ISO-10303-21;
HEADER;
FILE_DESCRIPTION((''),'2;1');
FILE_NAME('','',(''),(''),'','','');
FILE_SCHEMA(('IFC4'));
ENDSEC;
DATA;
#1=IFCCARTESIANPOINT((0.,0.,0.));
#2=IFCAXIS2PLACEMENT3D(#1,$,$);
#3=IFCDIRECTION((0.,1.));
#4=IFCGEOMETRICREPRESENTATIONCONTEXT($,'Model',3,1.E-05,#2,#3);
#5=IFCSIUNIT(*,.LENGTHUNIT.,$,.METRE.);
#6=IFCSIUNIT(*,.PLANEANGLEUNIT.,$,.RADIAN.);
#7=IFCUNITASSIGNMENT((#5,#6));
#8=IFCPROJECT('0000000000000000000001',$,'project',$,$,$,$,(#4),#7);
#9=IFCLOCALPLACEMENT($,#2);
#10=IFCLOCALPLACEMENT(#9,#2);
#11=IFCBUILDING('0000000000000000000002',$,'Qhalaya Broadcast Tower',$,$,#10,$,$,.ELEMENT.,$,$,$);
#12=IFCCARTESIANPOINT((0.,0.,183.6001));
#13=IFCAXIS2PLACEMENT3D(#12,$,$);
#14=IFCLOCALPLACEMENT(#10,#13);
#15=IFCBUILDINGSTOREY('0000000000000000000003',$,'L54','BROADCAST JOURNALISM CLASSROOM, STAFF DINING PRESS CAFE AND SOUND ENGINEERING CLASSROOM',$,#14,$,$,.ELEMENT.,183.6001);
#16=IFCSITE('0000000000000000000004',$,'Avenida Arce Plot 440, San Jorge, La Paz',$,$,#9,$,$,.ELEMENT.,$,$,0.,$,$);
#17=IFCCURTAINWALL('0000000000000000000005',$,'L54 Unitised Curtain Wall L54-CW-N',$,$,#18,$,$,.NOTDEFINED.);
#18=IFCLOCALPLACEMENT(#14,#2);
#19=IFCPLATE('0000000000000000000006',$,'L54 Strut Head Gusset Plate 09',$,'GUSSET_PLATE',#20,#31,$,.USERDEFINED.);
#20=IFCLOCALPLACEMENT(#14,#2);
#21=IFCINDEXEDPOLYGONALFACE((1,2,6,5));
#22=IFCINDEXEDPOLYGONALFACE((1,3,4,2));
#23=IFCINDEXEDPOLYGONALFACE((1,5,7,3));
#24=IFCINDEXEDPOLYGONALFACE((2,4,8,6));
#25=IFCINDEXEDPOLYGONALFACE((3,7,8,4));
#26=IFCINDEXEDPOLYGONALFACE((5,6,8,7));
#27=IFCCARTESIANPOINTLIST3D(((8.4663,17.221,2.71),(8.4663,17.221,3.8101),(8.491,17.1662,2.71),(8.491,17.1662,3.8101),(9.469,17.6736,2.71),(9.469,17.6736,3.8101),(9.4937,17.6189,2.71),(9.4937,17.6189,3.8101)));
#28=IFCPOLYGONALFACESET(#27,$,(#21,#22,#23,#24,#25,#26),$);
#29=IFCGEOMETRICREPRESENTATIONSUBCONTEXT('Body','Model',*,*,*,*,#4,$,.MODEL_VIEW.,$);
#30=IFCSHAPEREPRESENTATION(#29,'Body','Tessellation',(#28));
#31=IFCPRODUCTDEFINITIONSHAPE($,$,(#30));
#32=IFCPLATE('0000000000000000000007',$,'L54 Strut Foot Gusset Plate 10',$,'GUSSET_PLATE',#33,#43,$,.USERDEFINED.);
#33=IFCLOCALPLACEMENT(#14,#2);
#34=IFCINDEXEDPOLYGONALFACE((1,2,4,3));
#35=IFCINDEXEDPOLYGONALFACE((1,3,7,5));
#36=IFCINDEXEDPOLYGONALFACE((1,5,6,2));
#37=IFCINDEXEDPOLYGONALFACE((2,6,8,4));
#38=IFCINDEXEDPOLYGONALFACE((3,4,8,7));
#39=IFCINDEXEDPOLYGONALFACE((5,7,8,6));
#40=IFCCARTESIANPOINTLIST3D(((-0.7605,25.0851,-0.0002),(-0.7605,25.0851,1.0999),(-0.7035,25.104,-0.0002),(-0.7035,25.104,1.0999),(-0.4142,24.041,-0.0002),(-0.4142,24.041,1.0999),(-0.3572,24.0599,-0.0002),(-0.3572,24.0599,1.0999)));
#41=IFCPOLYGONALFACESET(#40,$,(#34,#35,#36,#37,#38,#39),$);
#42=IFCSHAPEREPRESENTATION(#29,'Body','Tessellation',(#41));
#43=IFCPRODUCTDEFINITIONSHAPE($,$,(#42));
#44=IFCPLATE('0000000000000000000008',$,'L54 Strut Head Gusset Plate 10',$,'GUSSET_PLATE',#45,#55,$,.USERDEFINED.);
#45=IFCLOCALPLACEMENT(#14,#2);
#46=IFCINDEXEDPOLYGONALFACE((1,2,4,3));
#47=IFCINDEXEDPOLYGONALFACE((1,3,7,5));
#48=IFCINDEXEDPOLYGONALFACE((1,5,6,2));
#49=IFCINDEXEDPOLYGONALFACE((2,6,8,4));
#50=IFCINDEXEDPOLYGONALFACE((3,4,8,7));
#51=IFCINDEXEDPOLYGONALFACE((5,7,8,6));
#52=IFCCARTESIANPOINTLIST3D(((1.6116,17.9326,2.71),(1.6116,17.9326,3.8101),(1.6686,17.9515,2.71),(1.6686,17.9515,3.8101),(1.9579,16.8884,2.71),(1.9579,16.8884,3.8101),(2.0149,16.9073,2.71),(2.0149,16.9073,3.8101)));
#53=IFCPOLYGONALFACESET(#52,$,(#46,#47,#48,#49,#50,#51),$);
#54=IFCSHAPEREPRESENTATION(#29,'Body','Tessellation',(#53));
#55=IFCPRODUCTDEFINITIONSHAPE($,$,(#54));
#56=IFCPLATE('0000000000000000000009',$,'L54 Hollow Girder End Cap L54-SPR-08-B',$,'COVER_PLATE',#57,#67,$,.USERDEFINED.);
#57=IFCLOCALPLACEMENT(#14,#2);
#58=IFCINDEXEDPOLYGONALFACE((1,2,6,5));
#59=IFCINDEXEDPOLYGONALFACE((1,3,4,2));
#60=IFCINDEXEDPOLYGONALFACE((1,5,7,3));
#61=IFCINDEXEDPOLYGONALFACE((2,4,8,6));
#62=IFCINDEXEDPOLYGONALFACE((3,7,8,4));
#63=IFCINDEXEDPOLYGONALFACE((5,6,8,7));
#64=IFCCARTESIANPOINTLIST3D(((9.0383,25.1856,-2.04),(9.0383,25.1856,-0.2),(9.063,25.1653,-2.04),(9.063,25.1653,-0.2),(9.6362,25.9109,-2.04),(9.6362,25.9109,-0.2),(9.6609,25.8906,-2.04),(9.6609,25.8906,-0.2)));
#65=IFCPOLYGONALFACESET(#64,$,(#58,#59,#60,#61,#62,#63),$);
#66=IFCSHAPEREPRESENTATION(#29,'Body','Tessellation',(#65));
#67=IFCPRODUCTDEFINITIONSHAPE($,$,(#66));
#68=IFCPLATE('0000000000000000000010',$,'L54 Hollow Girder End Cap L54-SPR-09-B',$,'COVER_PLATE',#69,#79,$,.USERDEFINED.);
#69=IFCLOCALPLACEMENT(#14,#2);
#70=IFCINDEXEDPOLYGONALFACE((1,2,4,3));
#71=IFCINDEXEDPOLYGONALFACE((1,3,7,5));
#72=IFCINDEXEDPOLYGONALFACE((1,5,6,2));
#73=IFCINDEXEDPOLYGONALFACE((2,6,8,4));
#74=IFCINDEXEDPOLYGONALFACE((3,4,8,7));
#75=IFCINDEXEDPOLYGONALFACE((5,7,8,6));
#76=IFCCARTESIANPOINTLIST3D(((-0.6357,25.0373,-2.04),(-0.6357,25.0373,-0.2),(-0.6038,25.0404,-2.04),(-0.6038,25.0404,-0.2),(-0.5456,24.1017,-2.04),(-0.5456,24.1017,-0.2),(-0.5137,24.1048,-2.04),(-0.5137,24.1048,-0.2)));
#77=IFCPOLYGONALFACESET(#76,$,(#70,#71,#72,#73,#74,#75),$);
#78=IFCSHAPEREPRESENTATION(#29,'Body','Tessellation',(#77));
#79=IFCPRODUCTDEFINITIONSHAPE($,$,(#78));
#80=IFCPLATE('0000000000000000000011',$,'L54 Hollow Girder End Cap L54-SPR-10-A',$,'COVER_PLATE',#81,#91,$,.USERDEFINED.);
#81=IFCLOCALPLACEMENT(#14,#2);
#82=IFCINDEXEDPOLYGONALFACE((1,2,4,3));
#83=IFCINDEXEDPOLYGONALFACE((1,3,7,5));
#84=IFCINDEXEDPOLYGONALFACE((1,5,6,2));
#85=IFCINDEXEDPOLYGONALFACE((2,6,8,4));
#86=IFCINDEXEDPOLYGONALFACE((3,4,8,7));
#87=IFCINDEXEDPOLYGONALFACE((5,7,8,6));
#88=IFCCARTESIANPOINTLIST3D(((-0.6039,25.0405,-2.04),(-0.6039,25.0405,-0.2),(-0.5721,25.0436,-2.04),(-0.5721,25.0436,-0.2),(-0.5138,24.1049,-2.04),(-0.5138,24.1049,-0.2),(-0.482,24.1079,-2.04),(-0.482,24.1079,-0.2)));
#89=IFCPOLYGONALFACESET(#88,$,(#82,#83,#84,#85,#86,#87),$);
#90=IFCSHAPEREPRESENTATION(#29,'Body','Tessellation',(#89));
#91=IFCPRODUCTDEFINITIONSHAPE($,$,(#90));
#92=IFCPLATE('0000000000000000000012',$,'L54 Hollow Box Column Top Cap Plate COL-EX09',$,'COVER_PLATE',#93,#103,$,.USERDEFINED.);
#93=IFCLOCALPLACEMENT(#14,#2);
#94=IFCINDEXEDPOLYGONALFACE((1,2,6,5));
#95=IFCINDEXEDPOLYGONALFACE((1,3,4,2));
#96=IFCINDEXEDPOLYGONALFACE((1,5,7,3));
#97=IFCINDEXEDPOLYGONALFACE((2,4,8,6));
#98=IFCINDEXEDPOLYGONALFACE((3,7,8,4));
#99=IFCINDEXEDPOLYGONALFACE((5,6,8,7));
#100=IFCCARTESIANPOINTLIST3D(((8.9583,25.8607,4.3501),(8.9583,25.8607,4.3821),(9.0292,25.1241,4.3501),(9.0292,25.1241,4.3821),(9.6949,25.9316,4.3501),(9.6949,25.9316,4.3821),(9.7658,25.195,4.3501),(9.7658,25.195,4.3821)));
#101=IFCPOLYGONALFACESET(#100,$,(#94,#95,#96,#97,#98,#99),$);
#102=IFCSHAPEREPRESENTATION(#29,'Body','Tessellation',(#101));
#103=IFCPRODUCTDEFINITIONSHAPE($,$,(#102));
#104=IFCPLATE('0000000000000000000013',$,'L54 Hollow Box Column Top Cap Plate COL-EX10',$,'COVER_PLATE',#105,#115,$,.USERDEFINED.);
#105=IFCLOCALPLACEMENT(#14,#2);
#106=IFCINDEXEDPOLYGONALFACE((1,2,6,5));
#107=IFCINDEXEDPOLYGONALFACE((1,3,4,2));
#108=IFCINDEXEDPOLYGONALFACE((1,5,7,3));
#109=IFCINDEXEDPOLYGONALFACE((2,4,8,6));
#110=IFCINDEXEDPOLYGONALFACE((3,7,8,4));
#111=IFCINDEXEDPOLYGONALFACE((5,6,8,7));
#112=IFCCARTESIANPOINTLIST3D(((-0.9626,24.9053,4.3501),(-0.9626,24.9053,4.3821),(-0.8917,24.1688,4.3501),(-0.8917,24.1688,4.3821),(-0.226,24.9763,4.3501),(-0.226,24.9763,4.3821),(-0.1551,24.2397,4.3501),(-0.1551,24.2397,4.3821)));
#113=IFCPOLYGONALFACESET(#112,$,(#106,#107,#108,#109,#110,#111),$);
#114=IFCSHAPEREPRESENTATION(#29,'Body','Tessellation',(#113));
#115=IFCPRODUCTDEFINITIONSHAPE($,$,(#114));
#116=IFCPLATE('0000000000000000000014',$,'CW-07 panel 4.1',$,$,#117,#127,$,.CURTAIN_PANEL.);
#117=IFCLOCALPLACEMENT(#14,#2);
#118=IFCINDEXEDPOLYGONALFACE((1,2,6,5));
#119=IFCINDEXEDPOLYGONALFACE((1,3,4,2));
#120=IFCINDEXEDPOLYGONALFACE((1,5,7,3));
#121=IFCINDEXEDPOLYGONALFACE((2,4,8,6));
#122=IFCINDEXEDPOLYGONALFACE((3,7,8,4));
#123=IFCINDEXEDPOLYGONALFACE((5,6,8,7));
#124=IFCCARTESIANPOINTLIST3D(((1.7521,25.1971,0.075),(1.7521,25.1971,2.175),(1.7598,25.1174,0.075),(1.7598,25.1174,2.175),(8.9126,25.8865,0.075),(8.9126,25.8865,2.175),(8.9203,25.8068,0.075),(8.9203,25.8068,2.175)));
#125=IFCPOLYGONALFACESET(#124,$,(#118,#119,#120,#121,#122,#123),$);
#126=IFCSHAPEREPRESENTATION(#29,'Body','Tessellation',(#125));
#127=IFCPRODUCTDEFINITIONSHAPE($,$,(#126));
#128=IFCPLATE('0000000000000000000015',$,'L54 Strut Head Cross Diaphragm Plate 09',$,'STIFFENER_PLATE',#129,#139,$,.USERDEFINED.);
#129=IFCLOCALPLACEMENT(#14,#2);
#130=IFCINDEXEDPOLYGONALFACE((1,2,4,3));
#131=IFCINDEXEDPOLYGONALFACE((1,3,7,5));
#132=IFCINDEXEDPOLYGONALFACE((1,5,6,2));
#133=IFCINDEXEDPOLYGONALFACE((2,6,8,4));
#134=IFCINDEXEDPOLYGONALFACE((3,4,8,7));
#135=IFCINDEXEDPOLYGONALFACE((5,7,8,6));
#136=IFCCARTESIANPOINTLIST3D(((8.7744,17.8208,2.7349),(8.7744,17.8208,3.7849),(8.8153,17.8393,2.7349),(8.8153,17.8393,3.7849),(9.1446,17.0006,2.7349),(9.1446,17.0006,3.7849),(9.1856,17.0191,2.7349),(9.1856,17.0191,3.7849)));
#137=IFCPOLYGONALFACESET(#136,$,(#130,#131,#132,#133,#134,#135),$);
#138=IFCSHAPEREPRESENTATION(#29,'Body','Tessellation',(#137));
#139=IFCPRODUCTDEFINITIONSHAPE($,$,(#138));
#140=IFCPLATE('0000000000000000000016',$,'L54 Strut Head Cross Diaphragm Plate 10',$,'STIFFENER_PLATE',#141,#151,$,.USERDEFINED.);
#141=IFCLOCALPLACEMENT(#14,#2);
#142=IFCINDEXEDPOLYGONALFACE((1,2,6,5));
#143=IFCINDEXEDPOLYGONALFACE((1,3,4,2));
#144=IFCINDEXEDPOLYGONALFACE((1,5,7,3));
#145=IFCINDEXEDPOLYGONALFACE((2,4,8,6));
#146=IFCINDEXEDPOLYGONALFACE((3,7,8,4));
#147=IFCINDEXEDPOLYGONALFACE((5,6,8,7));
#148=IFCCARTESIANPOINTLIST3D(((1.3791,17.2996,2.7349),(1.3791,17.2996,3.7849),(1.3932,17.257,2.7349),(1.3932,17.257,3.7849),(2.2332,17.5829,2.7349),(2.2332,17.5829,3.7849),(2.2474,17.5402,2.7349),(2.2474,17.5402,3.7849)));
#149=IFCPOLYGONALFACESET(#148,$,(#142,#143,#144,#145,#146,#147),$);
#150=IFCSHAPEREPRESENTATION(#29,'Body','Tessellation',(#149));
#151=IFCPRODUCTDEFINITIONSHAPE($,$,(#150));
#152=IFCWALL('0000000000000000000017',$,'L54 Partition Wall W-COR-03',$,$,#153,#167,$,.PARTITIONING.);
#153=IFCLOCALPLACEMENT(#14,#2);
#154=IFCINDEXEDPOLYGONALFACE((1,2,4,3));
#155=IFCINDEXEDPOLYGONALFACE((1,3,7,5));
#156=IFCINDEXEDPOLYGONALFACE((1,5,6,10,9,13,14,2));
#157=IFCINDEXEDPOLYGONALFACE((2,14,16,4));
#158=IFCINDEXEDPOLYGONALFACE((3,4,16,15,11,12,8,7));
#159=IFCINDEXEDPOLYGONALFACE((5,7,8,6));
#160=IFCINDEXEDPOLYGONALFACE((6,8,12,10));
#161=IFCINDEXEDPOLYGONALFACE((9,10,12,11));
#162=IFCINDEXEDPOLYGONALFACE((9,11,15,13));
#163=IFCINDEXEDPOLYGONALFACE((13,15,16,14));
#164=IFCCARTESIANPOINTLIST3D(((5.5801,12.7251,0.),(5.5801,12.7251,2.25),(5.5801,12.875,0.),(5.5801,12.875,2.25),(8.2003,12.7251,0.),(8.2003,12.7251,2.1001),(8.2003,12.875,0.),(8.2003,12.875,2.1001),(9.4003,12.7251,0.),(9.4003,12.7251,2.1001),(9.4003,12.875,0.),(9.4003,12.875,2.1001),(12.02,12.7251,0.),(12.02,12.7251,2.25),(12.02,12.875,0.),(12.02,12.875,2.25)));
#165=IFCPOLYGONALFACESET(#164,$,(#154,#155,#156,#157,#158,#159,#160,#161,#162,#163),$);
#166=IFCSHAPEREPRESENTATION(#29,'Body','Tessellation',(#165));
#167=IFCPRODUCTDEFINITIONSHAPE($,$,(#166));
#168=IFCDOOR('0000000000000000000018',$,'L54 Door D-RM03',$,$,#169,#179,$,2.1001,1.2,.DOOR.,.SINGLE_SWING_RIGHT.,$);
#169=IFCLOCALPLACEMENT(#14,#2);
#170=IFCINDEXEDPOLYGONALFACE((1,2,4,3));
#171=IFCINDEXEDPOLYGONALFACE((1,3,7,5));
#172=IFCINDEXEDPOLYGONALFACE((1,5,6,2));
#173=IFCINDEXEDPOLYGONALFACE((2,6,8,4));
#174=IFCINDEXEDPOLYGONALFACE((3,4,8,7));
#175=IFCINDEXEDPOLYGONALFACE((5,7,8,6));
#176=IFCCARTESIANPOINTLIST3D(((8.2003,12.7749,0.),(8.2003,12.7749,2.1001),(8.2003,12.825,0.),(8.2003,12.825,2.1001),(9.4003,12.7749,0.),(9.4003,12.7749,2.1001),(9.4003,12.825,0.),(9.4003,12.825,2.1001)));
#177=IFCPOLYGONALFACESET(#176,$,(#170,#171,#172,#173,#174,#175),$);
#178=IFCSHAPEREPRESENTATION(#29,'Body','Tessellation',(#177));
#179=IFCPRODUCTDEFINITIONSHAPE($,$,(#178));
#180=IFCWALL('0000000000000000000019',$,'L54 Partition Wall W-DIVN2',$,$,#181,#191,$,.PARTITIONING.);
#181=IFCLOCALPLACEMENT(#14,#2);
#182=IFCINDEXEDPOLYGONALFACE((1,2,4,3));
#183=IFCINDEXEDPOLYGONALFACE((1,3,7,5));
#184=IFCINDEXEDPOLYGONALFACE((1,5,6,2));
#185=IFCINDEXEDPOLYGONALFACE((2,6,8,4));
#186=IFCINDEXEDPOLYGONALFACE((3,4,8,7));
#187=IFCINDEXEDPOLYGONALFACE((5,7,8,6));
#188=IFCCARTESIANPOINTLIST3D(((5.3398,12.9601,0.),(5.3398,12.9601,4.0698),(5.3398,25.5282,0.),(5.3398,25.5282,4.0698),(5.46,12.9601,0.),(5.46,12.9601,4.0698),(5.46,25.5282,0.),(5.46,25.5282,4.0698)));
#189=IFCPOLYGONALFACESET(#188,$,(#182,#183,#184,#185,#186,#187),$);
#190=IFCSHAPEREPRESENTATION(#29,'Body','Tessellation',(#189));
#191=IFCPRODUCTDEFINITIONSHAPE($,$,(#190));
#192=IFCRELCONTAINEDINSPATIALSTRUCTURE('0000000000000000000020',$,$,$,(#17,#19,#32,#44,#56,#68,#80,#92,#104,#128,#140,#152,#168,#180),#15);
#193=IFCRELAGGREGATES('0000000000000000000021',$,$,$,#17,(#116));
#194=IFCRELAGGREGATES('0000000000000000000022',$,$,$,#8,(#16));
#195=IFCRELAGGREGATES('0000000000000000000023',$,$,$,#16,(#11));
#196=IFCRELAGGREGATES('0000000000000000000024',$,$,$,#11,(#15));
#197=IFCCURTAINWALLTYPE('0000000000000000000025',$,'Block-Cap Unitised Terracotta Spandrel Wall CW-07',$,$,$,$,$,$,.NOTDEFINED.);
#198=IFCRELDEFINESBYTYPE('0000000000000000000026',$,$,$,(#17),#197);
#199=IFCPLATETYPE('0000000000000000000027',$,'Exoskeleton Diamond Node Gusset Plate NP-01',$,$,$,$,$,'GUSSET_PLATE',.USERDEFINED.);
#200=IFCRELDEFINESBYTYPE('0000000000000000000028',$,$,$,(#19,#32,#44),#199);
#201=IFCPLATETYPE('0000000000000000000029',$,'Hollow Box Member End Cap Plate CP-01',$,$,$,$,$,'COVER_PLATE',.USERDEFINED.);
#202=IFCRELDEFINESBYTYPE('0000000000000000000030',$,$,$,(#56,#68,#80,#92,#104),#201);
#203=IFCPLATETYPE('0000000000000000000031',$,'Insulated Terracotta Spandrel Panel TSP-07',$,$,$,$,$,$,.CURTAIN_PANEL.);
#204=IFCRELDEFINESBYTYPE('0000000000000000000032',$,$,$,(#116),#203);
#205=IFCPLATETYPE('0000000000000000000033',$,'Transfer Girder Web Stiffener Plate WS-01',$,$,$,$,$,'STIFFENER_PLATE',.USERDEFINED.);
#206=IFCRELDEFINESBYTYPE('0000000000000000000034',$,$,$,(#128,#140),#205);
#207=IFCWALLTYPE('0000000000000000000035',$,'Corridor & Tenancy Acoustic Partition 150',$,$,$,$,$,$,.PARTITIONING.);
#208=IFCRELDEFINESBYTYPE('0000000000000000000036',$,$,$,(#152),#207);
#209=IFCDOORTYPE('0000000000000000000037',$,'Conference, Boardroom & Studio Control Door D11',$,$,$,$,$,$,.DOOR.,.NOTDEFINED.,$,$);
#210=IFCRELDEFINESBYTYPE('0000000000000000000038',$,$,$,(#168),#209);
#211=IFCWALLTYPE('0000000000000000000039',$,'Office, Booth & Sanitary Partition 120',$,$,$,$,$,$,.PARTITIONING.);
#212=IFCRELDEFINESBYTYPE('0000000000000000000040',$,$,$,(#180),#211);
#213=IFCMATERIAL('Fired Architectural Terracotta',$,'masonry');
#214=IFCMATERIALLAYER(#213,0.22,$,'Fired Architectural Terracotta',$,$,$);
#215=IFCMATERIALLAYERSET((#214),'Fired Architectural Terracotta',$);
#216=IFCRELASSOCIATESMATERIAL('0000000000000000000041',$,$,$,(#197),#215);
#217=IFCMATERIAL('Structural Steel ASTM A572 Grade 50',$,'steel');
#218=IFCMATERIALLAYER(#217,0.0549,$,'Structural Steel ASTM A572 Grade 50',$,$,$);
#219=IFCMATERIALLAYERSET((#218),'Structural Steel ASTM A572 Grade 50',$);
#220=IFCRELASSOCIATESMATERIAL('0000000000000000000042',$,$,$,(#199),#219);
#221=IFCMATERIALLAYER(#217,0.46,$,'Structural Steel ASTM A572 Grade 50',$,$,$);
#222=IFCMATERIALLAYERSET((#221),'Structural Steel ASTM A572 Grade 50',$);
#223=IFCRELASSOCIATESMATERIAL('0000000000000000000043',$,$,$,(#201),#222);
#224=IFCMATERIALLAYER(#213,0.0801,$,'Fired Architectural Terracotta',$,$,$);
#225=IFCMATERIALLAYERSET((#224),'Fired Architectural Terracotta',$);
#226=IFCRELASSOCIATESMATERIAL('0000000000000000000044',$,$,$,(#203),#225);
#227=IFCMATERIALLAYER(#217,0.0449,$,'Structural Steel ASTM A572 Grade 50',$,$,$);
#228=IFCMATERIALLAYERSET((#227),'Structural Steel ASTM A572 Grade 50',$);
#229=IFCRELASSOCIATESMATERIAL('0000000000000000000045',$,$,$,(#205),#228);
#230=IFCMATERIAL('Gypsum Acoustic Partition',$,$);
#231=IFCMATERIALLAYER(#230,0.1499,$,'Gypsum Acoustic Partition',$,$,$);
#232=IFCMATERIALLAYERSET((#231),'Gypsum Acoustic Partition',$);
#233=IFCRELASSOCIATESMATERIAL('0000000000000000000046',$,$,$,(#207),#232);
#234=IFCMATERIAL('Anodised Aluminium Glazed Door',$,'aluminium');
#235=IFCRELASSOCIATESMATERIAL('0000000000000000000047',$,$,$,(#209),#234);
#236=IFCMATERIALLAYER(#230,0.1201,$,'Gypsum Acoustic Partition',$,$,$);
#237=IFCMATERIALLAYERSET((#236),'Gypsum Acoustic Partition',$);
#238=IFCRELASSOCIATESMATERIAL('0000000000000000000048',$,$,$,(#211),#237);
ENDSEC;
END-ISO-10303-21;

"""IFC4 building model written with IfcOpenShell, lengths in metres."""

from ifc_helpers import new_model, si_unit, direction, frame, frame_2d, origin, origin_2d, place, context, subcontext, project, spatial, rectangle, extrude, material, layer, layer_set, type_object, element, fill, aggregate, save


model = new_model("IFC4")

# Units and contexts
model_context = context("Model", 3, precision=1e-05, world=origin(), true_north=direction((0.0, 1.0)))
body_context = subcontext(model_context, "Body", "Model", "MODEL_VIEW")
ifc_project = project(units=[si_unit("LENGTHUNIT", "METRE"), si_unit("PLANEANGLEUNIT", "RADIAN")], contexts=[model_context])

# Site, building, storey
site_placement = place(None, origin())
site = spatial("IfcSite", under=ifc_project, at=site_placement, Name="Avenida Arce Plot 440, San Jorge, La Paz", CompositionType="ELEMENT", RefElevation=0.0)
building_placement = place(site_placement, origin())
building = spatial("IfcBuilding", under=site, at=building_placement, Name="Qhalaya Broadcast Tower", CompositionType="ELEMENT")
storey_placement = place(building_placement, frame((0.0, 0.0, 183.6001)))
storey = spatial("IfcBuildingStorey", under=building, at=storey_placement, Name="L54", Description="BROADCAST JOURNALISM CLASSROOM, STAFF DINING PRESS CAFE AND SOUND ENGINEERING CLASSROOM", CompositionType="ELEMENT", Elevation=183.6001)

# Shared definitions
ifc_material_1 = material(Name="Structural Steel ASTM A572 Grade 50", Category="steel")

# Curtain wall
ifc_material_2 = material(Name="Fired Architectural Terracotta", Category="masonry")
ifc_layer_1 = layer(ifc_material_2, 0.22, Name="Fired Architectural Terracotta")
ifc_layer_set_1 = layer_set([ifc_layer_1], Name="Fired Architectural Terracotta")
curtain_wall_type = type_object("IfcCurtainWallType", Name="Block-Cap Unitised Terracotta Spandrel Wall CW-07", PredefinedType="NOTDEFINED", material=ifc_layer_set_1)
curtain_wall_placement = place(storey_placement, origin())
curtain_wall = element("IfcCurtainWall", 1, at=curtain_wall_placement, inside=storey, type_object=curtain_wall_type, Name="L54 Unitised Curtain Wall L54-CW-N", PredefinedType="NOTDEFINED")

# Plates
ifc_layer_2 = layer(ifc_material_1, 0.0549, Name="Structural Steel ASTM A572 Grade 50")
ifc_layer_set_2 = layer_set([ifc_layer_2], Name="Structural Steel ASTM A572 Grade 50")
plate_type_1 = type_object("IfcPlateType", Name="Exoskeleton Diamond Node Gusset Plate NP-01", ElementType="GUSSET_PLATE", PredefinedType="USERDEFINED", material=ifc_layer_set_2)
for number, where, z_axis, x_axis, name in (
    (2, (8.98, 17.4199, 2.71), (0.0, 0.0, 1.0), (-0.911432, -0.411451, 0.0), "L54 Strut Head Gusset Plate 09"),
    (3, (-0.5588, 24.5725, -0.0002), (0.0, 0.0, 1.0), (0.314788, -0.949162, 0.0), "L54 Strut Foot Gusset Plate 10"),
    (4, (1.8132, 17.4199, 2.71), (0.0, 0.0, 1.0), (0.314788, -0.949162, 0.0), "L54 Strut Head Gusset Plate 10"),
):
    element("IfcPlate", number, at=place(storey_placement, frame(where, z_axis=z_axis, x_axis=x_axis)), inside=storey, type_object=plate_type_1, Name=name, ObjectType="GUSSET_PLATE", PredefinedType="USERDEFINED", context=body_context, shape_type="SweptSolid", body=[
        extrude(rectangle(XDim=1.1001, YDim=0.0601, at=origin_2d()), origin(), (0.0, 0.0, 1.0), 1.1001),
    ])
ifc_layer_3 = layer(ifc_material_1, 0.46, Name="Structural Steel ASTM A572 Grade 50")
ifc_layer_set_3 = layer_set([ifc_layer_3], Name="Structural Steel ASTM A572 Grade 50")
plate_type_2 = type_object("IfcPlateType", Name="Hollow Box Member End Cap Plate CP-01", ElementType="COVER_PLATE", PredefinedType="USERDEFINED", material=ifc_layer_set_3)
for number, where, z_axis, x_axis, name in (
    (5, (9.3496, 25.5381, -2.04), (0.0, 0.0, 1.0), (-0.636078, -0.771625, 0.0), "L54 Hollow Girder End Cap L54-SPR-08-B"),
    (6, (-0.5747, 24.571, -2.04), (0.0, 0.0, 1.0), (0.095846, -0.995396, 0.0), "L54 Hollow Girder End Cap L54-SPR-09-B"),
    (7, (-0.543, 24.5742, -2.04), (0.0, 0.0, 1.0), (0.095846, -0.995396, 0.0), "L54 Hollow Girder End Cap L54-SPR-10-A"),
):
    element("IfcPlate", number, at=place(storey_placement, frame(where, z_axis=z_axis, x_axis=x_axis)), inside=storey, type_object=plate_type_2, Name=name, ObjectType="COVER_PLATE", PredefinedType="USERDEFINED", context=body_context, shape_type="SweptSolid", body=[
        extrude(rectangle(XDim=0.9399, YDim=0.032, at=origin_2d()), origin(), (0.0, 0.0, 1.0), 1.8401),
    ])
for number, where, z_axis, x_axis, name in (
    (8, (9.3621, 25.5278, 4.3501), (0.0, 0.0, 1.0), (0.995396, 0.095846, 0.0), "L54 Hollow Box Column Top Cap Plate COL-EX09"),
    (9, (-0.5588, 24.5725, 4.3501), (0.0, 0.0, 1.0), (0.995396, 0.095846, 0.0), "L54 Hollow Box Column Top Cap Plate COL-EX10"),
):
    element("IfcPlate", number, at=place(storey_placement, frame(where, z_axis=z_axis, x_axis=x_axis)), inside=storey, type_object=plate_type_2, Name=name, ObjectType="COVER_PLATE", PredefinedType="USERDEFINED", context=body_context, shape_type="SweptSolid", body=[
        extrude(rectangle(XDim=0.74, YDim=0.74, at=origin_2d()), origin(), (0.0, 0.0, 1.0), 0.032),
    ])

# Plate
ifc_layer_4 = layer(ifc_material_2, 0.0801, Name="Fired Architectural Terracotta")
ifc_layer_set_4 = layer_set([ifc_layer_4], Name="Fired Architectural Terracotta")
plate_type_3 = type_object("IfcPlateType", Name="Insulated Terracotta Spandrel Panel TSP-07", PredefinedType="CURTAIN_PANEL", material=ifc_layer_set_4)
plate_placement = place(storey_placement, frame((5.3362, 25.502, 0.075), z_axis=(0.0, 0.0, 1.0), x_axis=(0.995396, 0.095846, 0.0)))
plate = element("IfcPlate", 10, at=plate_placement, type_object=plate_type_3, Name="CW-07 panel 4.1", PredefinedType="CURTAIN_PANEL", context=body_context, shape_type="SweptSolid", body=[
    extrude(rectangle(XDim=7.1936, YDim=0.0801, at=origin_2d()), origin(), (0.0, 0.0, 1.0), 2.1001),
])
aggregate(curtain_wall, [plate])

# Plates
ifc_layer_5 = layer(ifc_material_1, 0.0449, Name="Structural Steel ASTM A572 Grade 50")
ifc_layer_set_5 = layer_set([ifc_layer_5], Name="Structural Steel ASTM A572 Grade 50")
plate_type_4 = type_object("IfcPlateType", Name="Transfer Girder Web Stiffener Plate WS-01", ElementType="STIFFENER_PLATE", PredefinedType="USERDEFINED", material=ifc_layer_set_5)
for number, where, z_axis, x_axis, name in (
    (11, (8.98, 17.4199, 2.7349), (0.0, 0.0, 1.0), (0.411451, -0.911432, 0.0), "L54 Strut Head Cross Diaphragm Plate 09"),
    (12, (1.8132, 17.4199, 2.7349), (0.0, 0.0, 1.0), (0.949162, 0.314788, 0.0), "L54 Strut Head Cross Diaphragm Plate 10"),
):
    element("IfcPlate", number, at=place(storey_placement, frame(where, z_axis=z_axis, x_axis=x_axis)), inside=storey, type_object=plate_type_4, Name=name, ObjectType="STIFFENER_PLATE", PredefinedType="USERDEFINED", context=body_context, shape_type="SweptSolid", body=[
        extrude(rectangle(XDim=0.8999, YDim=0.0449, at=origin_2d()), origin(), (0.0, 0.0, 1.0), 1.05),
    ])

# Wall, opening, door
ifc_material_3 = material(Name="Gypsum Acoustic Partition")
ifc_layer_6 = layer(ifc_material_3, 0.1499, Name="Gypsum Acoustic Partition")
ifc_layer_set_6 = layer_set([ifc_layer_6], Name="Gypsum Acoustic Partition")
wall_type_1 = type_object("IfcWallType", Name="Corridor & Tenancy Acoustic Partition 150", PredefinedType="PARTITIONING", material=ifc_layer_set_6)
wall_1_placement = place(storey_placement, frame((5.5801, 12.8, 0.0), z_axis=(0.0, 0.0, 1.0), x_axis=(1.0, 0.0, 0.0)))
wall_1 = element("IfcWall", 13, at=wall_1_placement, inside=storey, type_object=wall_type_1, Name="L54 Partition Wall W-COR-03", PredefinedType="PARTITIONING", context=body_context, shape_type="SweptSolid", body=[
    extrude(rectangle(XDim=6.4399, YDim=0.1499, at=frame_2d((3.22, 0.0))), origin(), (0.0, 0.0, 1.0), 2.25),
])
opening_placement = place(wall_1_placement, frame((2.6201, 0.0, 0.0)))
opening = element("IfcOpeningElement", 14, at=opening_placement, cuts=wall_1, PredefinedType="OPENING", context=body_context, shape_type="SweptSolid", body=[
    extrude(rectangle(XDim=1.2, YDim=2.1001, at=frame_2d((0.6001, 1.05))), frame((0.0, 0.0869, 0.0), z_axis=(0.0, -1.0, 0.0), x_axis=(1.0, 0.0, 0.0)), (0.0, 0.0, 1.0), 0.1738),
])
ifc_material_4 = material(Name="Anodised Aluminium Glazed Door", Category="aluminium")
door_type = type_object("IfcDoorType", Name="Conference, Boardroom & Studio Control Door D11", OperationType="NOTDEFINED", PredefinedType="DOOR", material=ifc_material_4)
door_placement = place(opening_placement, origin())
door = element("IfcDoor", 15, at=door_placement, inside=storey, type_object=door_type, Name="L54 Door D-RM03", OperationType="SINGLE_SWING_RIGHT", OverallHeight=2.1001, OverallWidth=1.2, PredefinedType="DOOR", context=body_context, shape_type="SweptSolid", body=[
    extrude(rectangle(XDim=1.2, YDim=2.1001, at=frame_2d((0.6001, 1.05))), frame((0.0, 0.0249, 0.0), z_axis=(0.0, -1.0, 0.0), x_axis=(1.0, 0.0, 0.0)), (0.0, 0.0, 1.0), 0.05),
])
fill(opening, door)

# Wall
ifc_layer_7 = layer(ifc_material_3, 0.1201, Name="Gypsum Acoustic Partition")
ifc_layer_set_7 = layer_set([ifc_layer_7], Name="Gypsum Acoustic Partition")
wall_type_2 = type_object("IfcWallType", Name="Office, Booth & Sanitary Partition 120", PredefinedType="PARTITIONING", material=ifc_layer_set_7)
wall_2_placement = place(storey_placement, frame((5.3999, 12.96, 0.0), z_axis=(0.0, 0.0, 1.0), x_axis=(0.0, 1.0, 0.0)))
element("IfcWall", 16, at=wall_2_placement, inside=storey, type_object=wall_type_2, Name="L54 Partition Wall W-DIVN2", PredefinedType="PARTITIONING", context=body_context, shape_type="SweptSolid", body=[
    extrude(rectangle(XDim=12.5681, YDim=0.1201, at=frame_2d((6.2842, 0.0))), origin(), (0.0, 0.0, 1.0), 4.0698),
])

save(model, "model.ifc")
